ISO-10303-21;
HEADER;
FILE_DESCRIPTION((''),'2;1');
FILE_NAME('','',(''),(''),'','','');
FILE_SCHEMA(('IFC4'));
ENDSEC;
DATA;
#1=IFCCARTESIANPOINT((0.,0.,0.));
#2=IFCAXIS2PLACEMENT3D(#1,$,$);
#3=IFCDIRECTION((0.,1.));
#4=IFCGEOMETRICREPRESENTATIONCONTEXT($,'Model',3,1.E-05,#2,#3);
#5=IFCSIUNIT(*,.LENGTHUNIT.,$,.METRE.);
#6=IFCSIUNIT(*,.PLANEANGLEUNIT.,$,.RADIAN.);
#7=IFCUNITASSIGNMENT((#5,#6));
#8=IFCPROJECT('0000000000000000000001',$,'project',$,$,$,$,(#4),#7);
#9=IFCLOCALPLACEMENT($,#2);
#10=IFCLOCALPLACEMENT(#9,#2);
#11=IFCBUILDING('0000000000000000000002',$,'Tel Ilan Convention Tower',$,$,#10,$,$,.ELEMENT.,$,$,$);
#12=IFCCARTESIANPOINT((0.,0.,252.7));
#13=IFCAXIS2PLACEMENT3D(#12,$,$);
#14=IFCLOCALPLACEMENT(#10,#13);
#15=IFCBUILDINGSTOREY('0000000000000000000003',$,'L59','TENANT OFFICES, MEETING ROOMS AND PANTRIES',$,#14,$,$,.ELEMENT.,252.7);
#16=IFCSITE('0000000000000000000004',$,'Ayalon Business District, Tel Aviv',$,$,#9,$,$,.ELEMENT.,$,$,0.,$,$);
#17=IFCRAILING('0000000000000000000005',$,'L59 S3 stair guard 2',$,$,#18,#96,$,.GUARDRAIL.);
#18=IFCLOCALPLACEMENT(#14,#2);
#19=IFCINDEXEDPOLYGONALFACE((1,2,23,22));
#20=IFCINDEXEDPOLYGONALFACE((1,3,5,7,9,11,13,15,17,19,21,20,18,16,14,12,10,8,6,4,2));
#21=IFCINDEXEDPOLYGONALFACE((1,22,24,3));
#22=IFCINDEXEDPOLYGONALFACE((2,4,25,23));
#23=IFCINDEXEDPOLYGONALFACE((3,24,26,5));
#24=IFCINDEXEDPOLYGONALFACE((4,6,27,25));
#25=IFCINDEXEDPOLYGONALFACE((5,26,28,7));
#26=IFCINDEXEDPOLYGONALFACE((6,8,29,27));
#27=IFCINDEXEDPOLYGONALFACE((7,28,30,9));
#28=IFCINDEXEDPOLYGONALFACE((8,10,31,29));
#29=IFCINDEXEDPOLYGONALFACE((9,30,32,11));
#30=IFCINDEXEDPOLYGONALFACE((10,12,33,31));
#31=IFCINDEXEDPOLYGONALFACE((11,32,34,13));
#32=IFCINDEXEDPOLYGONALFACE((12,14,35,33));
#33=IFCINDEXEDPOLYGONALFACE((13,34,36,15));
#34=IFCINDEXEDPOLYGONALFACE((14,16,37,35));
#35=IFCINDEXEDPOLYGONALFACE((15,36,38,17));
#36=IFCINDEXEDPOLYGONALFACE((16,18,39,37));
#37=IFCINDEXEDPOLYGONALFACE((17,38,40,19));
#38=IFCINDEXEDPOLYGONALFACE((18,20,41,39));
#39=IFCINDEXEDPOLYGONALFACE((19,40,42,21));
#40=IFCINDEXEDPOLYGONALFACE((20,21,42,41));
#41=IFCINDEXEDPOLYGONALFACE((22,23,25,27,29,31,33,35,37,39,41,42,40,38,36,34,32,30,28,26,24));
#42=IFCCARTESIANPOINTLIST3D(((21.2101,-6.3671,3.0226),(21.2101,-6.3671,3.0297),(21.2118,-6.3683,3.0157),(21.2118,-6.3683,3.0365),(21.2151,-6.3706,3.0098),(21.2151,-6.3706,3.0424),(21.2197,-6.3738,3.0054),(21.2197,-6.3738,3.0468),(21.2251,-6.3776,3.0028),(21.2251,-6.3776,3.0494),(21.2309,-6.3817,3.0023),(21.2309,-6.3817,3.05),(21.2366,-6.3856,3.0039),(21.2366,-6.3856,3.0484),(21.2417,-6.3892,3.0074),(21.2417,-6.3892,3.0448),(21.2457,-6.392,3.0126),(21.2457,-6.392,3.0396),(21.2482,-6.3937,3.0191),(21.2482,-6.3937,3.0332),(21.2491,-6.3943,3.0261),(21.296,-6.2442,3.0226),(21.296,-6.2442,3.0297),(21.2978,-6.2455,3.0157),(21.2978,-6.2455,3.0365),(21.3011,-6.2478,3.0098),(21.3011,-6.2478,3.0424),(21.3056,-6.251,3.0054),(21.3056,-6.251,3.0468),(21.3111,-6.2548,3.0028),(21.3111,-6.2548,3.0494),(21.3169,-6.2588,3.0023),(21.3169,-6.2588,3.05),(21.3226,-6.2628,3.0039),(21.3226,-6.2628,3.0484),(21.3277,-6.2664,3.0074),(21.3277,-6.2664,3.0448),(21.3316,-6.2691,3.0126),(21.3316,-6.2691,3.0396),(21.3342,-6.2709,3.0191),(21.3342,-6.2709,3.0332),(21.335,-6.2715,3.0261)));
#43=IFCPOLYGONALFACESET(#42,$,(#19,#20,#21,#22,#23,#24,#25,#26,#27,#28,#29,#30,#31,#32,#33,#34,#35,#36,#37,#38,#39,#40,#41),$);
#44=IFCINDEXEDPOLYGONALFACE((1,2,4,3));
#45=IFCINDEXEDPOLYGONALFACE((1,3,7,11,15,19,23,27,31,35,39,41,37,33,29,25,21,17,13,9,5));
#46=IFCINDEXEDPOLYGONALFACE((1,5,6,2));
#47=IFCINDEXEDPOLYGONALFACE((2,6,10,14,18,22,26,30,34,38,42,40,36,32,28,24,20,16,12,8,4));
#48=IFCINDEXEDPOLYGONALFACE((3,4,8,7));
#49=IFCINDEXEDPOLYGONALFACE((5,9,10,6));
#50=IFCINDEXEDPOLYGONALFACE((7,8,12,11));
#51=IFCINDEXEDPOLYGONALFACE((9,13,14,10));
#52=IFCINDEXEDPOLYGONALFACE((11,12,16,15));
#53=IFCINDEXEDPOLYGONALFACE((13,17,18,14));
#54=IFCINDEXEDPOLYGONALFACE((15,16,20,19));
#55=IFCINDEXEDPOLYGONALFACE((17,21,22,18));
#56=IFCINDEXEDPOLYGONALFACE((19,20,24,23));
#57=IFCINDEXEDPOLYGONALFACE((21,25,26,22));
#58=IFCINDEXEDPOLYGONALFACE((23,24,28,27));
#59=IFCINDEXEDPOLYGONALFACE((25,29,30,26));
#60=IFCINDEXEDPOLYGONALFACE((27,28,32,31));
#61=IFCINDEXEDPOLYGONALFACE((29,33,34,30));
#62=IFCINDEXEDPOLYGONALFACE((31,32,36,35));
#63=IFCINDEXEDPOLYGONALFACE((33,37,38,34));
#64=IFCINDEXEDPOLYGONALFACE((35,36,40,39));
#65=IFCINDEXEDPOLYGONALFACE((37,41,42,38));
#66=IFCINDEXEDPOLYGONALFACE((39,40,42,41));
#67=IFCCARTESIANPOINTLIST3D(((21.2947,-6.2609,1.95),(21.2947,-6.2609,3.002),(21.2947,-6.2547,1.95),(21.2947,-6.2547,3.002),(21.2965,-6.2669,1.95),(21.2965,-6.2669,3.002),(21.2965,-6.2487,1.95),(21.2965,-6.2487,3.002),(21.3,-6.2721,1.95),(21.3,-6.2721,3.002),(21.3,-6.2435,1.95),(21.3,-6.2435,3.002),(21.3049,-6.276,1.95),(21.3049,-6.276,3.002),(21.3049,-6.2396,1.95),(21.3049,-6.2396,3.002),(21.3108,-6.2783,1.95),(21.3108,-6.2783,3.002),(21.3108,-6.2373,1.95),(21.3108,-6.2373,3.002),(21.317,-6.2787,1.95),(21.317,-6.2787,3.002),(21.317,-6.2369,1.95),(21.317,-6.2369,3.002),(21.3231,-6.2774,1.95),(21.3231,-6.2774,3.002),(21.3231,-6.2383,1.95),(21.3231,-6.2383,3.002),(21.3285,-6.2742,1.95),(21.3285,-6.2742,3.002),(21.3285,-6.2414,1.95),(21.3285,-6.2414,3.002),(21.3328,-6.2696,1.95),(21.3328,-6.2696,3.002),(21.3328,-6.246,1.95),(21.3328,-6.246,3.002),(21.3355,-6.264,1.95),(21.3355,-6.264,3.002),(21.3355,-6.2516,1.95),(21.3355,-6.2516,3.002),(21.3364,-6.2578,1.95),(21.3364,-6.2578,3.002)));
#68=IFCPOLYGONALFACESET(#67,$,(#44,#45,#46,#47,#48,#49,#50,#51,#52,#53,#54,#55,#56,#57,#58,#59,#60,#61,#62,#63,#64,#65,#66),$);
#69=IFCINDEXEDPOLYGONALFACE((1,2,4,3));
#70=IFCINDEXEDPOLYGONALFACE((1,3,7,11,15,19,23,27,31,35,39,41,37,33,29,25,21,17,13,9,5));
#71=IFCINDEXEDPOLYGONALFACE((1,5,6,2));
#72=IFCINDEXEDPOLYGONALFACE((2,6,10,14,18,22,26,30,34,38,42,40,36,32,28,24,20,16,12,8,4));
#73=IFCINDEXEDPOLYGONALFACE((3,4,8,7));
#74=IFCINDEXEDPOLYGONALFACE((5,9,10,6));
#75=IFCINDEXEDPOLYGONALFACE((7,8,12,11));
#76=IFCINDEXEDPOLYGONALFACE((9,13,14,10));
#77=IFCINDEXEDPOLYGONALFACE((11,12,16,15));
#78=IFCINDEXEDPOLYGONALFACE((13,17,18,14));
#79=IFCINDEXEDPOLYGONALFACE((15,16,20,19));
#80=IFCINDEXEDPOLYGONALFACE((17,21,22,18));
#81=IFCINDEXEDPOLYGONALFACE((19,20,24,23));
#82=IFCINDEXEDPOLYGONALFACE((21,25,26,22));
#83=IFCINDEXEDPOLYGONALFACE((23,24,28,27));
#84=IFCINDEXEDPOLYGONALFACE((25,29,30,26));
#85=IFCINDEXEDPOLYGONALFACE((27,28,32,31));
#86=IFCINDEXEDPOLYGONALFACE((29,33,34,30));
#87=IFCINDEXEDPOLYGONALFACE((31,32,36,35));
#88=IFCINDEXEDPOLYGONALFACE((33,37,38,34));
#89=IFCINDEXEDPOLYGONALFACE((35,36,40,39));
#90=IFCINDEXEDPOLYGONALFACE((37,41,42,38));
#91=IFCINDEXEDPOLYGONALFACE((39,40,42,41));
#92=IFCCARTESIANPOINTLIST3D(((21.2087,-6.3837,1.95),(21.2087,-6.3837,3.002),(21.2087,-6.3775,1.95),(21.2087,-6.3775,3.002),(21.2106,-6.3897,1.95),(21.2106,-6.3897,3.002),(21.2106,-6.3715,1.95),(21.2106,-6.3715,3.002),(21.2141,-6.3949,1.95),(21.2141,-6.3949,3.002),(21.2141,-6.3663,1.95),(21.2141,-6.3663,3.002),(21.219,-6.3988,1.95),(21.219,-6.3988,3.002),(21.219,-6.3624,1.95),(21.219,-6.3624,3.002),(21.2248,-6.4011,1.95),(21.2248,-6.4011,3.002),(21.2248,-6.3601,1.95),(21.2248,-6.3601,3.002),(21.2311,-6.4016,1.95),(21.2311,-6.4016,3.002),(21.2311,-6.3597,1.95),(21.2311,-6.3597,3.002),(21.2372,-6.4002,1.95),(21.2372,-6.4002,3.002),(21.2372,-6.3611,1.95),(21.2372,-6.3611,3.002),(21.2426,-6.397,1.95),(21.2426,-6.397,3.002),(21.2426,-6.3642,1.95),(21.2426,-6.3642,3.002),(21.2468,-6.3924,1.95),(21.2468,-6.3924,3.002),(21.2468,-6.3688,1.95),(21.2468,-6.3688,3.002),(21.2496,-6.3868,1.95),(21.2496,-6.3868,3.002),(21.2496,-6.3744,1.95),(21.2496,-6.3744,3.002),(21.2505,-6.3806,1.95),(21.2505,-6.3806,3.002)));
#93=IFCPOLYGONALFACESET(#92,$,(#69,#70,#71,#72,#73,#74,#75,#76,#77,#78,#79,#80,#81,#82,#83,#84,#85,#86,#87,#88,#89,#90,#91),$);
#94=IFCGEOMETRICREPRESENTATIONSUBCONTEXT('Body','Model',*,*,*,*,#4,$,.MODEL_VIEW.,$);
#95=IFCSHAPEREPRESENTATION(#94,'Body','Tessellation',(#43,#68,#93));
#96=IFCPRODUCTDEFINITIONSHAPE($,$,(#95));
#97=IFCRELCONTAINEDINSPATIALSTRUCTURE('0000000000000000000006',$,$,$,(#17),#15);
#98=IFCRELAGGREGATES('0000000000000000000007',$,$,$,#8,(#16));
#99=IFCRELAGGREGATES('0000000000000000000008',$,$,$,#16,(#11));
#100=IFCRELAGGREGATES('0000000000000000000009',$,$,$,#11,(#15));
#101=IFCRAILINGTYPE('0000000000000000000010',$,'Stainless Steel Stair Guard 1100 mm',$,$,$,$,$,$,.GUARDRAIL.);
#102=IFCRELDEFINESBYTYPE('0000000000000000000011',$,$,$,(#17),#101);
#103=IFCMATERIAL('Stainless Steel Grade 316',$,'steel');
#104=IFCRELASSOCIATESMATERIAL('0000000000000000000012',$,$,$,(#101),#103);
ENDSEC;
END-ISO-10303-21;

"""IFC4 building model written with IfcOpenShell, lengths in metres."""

from ifc_helpers import new_model, si_unit, direction, frame, origin, origin_2d, place, context, subcontext, project, spatial, circle, extrude, material, type_object, element, save


model = new_model("IFC4")

# Units and contexts
model_context = context("Model", 3, precision=1e-05, world=origin(), true_north=direction((0.0, 1.0)))
body_context = subcontext(model_context, "Body", "Model", "MODEL_VIEW")
ifc_project = project(units=[si_unit("LENGTHUNIT", "METRE"), si_unit("PLANEANGLEUNIT", "RADIAN")], contexts=[model_context])

# Site, building, storey
site_placement = place(None, origin())
site = spatial("IfcSite", under=ifc_project, at=site_placement, Name="Ayalon Business District, Tel Aviv", CompositionType="ELEMENT", RefElevation=0.0)
building_placement = place(site_placement, origin())
building = spatial("IfcBuilding", under=site, at=building_placement, Name="Tel Ilan Convention Tower", CompositionType="ELEMENT")
storey_placement = place(building_placement, frame((0.0, 0.0, 252.7)))
storey = spatial("IfcBuildingStorey", under=building, at=storey_placement, Name="L59", Description="TENANT OFFICES, MEETING ROOMS AND PANTRIES", CompositionType="ELEMENT", Elevation=252.7)

# Railing
ifc_material_1 = material(Name="Stainless Steel Grade 316", Category="steel")
railing_type_1 = type_object("IfcRailingType", Name="Stainless Steel Stair Guard 1100 mm", PredefinedType="GUARDRAIL", material=ifc_material_1)
railing_1_placement = place(storey_placement, frame((21.3154, -6.2578, 1.95)))
element("IfcRailing", 1, at=railing_1_placement, inside=storey, type_object=railing_type_1, Name="L59 S3 stair guard 2", PredefinedType="GUARDRAIL", context=body_context, shape_type="SweptSolid", body=[
    extrude(circle(Radius=0.0239, at=origin_2d()), frame((0.0, 0.0, 1.0762), z_axis=(-0.573353, -0.819308, 0.0), x_axis=(0.819308, -0.573353, 0.0)), (0.0, 0.0, 1.0), 0.1499),
    extrude(circle(Radius=0.021, at=origin_2d()), origin(), (0.0, 0.0, 1.0), 1.052),
    extrude(circle(Radius=0.021, at=origin_2d()), frame((-0.0859, -0.1228, 0.0)), (0.0, 0.0, 1.0), 1.052),
])

save(model, "model.ifc")
